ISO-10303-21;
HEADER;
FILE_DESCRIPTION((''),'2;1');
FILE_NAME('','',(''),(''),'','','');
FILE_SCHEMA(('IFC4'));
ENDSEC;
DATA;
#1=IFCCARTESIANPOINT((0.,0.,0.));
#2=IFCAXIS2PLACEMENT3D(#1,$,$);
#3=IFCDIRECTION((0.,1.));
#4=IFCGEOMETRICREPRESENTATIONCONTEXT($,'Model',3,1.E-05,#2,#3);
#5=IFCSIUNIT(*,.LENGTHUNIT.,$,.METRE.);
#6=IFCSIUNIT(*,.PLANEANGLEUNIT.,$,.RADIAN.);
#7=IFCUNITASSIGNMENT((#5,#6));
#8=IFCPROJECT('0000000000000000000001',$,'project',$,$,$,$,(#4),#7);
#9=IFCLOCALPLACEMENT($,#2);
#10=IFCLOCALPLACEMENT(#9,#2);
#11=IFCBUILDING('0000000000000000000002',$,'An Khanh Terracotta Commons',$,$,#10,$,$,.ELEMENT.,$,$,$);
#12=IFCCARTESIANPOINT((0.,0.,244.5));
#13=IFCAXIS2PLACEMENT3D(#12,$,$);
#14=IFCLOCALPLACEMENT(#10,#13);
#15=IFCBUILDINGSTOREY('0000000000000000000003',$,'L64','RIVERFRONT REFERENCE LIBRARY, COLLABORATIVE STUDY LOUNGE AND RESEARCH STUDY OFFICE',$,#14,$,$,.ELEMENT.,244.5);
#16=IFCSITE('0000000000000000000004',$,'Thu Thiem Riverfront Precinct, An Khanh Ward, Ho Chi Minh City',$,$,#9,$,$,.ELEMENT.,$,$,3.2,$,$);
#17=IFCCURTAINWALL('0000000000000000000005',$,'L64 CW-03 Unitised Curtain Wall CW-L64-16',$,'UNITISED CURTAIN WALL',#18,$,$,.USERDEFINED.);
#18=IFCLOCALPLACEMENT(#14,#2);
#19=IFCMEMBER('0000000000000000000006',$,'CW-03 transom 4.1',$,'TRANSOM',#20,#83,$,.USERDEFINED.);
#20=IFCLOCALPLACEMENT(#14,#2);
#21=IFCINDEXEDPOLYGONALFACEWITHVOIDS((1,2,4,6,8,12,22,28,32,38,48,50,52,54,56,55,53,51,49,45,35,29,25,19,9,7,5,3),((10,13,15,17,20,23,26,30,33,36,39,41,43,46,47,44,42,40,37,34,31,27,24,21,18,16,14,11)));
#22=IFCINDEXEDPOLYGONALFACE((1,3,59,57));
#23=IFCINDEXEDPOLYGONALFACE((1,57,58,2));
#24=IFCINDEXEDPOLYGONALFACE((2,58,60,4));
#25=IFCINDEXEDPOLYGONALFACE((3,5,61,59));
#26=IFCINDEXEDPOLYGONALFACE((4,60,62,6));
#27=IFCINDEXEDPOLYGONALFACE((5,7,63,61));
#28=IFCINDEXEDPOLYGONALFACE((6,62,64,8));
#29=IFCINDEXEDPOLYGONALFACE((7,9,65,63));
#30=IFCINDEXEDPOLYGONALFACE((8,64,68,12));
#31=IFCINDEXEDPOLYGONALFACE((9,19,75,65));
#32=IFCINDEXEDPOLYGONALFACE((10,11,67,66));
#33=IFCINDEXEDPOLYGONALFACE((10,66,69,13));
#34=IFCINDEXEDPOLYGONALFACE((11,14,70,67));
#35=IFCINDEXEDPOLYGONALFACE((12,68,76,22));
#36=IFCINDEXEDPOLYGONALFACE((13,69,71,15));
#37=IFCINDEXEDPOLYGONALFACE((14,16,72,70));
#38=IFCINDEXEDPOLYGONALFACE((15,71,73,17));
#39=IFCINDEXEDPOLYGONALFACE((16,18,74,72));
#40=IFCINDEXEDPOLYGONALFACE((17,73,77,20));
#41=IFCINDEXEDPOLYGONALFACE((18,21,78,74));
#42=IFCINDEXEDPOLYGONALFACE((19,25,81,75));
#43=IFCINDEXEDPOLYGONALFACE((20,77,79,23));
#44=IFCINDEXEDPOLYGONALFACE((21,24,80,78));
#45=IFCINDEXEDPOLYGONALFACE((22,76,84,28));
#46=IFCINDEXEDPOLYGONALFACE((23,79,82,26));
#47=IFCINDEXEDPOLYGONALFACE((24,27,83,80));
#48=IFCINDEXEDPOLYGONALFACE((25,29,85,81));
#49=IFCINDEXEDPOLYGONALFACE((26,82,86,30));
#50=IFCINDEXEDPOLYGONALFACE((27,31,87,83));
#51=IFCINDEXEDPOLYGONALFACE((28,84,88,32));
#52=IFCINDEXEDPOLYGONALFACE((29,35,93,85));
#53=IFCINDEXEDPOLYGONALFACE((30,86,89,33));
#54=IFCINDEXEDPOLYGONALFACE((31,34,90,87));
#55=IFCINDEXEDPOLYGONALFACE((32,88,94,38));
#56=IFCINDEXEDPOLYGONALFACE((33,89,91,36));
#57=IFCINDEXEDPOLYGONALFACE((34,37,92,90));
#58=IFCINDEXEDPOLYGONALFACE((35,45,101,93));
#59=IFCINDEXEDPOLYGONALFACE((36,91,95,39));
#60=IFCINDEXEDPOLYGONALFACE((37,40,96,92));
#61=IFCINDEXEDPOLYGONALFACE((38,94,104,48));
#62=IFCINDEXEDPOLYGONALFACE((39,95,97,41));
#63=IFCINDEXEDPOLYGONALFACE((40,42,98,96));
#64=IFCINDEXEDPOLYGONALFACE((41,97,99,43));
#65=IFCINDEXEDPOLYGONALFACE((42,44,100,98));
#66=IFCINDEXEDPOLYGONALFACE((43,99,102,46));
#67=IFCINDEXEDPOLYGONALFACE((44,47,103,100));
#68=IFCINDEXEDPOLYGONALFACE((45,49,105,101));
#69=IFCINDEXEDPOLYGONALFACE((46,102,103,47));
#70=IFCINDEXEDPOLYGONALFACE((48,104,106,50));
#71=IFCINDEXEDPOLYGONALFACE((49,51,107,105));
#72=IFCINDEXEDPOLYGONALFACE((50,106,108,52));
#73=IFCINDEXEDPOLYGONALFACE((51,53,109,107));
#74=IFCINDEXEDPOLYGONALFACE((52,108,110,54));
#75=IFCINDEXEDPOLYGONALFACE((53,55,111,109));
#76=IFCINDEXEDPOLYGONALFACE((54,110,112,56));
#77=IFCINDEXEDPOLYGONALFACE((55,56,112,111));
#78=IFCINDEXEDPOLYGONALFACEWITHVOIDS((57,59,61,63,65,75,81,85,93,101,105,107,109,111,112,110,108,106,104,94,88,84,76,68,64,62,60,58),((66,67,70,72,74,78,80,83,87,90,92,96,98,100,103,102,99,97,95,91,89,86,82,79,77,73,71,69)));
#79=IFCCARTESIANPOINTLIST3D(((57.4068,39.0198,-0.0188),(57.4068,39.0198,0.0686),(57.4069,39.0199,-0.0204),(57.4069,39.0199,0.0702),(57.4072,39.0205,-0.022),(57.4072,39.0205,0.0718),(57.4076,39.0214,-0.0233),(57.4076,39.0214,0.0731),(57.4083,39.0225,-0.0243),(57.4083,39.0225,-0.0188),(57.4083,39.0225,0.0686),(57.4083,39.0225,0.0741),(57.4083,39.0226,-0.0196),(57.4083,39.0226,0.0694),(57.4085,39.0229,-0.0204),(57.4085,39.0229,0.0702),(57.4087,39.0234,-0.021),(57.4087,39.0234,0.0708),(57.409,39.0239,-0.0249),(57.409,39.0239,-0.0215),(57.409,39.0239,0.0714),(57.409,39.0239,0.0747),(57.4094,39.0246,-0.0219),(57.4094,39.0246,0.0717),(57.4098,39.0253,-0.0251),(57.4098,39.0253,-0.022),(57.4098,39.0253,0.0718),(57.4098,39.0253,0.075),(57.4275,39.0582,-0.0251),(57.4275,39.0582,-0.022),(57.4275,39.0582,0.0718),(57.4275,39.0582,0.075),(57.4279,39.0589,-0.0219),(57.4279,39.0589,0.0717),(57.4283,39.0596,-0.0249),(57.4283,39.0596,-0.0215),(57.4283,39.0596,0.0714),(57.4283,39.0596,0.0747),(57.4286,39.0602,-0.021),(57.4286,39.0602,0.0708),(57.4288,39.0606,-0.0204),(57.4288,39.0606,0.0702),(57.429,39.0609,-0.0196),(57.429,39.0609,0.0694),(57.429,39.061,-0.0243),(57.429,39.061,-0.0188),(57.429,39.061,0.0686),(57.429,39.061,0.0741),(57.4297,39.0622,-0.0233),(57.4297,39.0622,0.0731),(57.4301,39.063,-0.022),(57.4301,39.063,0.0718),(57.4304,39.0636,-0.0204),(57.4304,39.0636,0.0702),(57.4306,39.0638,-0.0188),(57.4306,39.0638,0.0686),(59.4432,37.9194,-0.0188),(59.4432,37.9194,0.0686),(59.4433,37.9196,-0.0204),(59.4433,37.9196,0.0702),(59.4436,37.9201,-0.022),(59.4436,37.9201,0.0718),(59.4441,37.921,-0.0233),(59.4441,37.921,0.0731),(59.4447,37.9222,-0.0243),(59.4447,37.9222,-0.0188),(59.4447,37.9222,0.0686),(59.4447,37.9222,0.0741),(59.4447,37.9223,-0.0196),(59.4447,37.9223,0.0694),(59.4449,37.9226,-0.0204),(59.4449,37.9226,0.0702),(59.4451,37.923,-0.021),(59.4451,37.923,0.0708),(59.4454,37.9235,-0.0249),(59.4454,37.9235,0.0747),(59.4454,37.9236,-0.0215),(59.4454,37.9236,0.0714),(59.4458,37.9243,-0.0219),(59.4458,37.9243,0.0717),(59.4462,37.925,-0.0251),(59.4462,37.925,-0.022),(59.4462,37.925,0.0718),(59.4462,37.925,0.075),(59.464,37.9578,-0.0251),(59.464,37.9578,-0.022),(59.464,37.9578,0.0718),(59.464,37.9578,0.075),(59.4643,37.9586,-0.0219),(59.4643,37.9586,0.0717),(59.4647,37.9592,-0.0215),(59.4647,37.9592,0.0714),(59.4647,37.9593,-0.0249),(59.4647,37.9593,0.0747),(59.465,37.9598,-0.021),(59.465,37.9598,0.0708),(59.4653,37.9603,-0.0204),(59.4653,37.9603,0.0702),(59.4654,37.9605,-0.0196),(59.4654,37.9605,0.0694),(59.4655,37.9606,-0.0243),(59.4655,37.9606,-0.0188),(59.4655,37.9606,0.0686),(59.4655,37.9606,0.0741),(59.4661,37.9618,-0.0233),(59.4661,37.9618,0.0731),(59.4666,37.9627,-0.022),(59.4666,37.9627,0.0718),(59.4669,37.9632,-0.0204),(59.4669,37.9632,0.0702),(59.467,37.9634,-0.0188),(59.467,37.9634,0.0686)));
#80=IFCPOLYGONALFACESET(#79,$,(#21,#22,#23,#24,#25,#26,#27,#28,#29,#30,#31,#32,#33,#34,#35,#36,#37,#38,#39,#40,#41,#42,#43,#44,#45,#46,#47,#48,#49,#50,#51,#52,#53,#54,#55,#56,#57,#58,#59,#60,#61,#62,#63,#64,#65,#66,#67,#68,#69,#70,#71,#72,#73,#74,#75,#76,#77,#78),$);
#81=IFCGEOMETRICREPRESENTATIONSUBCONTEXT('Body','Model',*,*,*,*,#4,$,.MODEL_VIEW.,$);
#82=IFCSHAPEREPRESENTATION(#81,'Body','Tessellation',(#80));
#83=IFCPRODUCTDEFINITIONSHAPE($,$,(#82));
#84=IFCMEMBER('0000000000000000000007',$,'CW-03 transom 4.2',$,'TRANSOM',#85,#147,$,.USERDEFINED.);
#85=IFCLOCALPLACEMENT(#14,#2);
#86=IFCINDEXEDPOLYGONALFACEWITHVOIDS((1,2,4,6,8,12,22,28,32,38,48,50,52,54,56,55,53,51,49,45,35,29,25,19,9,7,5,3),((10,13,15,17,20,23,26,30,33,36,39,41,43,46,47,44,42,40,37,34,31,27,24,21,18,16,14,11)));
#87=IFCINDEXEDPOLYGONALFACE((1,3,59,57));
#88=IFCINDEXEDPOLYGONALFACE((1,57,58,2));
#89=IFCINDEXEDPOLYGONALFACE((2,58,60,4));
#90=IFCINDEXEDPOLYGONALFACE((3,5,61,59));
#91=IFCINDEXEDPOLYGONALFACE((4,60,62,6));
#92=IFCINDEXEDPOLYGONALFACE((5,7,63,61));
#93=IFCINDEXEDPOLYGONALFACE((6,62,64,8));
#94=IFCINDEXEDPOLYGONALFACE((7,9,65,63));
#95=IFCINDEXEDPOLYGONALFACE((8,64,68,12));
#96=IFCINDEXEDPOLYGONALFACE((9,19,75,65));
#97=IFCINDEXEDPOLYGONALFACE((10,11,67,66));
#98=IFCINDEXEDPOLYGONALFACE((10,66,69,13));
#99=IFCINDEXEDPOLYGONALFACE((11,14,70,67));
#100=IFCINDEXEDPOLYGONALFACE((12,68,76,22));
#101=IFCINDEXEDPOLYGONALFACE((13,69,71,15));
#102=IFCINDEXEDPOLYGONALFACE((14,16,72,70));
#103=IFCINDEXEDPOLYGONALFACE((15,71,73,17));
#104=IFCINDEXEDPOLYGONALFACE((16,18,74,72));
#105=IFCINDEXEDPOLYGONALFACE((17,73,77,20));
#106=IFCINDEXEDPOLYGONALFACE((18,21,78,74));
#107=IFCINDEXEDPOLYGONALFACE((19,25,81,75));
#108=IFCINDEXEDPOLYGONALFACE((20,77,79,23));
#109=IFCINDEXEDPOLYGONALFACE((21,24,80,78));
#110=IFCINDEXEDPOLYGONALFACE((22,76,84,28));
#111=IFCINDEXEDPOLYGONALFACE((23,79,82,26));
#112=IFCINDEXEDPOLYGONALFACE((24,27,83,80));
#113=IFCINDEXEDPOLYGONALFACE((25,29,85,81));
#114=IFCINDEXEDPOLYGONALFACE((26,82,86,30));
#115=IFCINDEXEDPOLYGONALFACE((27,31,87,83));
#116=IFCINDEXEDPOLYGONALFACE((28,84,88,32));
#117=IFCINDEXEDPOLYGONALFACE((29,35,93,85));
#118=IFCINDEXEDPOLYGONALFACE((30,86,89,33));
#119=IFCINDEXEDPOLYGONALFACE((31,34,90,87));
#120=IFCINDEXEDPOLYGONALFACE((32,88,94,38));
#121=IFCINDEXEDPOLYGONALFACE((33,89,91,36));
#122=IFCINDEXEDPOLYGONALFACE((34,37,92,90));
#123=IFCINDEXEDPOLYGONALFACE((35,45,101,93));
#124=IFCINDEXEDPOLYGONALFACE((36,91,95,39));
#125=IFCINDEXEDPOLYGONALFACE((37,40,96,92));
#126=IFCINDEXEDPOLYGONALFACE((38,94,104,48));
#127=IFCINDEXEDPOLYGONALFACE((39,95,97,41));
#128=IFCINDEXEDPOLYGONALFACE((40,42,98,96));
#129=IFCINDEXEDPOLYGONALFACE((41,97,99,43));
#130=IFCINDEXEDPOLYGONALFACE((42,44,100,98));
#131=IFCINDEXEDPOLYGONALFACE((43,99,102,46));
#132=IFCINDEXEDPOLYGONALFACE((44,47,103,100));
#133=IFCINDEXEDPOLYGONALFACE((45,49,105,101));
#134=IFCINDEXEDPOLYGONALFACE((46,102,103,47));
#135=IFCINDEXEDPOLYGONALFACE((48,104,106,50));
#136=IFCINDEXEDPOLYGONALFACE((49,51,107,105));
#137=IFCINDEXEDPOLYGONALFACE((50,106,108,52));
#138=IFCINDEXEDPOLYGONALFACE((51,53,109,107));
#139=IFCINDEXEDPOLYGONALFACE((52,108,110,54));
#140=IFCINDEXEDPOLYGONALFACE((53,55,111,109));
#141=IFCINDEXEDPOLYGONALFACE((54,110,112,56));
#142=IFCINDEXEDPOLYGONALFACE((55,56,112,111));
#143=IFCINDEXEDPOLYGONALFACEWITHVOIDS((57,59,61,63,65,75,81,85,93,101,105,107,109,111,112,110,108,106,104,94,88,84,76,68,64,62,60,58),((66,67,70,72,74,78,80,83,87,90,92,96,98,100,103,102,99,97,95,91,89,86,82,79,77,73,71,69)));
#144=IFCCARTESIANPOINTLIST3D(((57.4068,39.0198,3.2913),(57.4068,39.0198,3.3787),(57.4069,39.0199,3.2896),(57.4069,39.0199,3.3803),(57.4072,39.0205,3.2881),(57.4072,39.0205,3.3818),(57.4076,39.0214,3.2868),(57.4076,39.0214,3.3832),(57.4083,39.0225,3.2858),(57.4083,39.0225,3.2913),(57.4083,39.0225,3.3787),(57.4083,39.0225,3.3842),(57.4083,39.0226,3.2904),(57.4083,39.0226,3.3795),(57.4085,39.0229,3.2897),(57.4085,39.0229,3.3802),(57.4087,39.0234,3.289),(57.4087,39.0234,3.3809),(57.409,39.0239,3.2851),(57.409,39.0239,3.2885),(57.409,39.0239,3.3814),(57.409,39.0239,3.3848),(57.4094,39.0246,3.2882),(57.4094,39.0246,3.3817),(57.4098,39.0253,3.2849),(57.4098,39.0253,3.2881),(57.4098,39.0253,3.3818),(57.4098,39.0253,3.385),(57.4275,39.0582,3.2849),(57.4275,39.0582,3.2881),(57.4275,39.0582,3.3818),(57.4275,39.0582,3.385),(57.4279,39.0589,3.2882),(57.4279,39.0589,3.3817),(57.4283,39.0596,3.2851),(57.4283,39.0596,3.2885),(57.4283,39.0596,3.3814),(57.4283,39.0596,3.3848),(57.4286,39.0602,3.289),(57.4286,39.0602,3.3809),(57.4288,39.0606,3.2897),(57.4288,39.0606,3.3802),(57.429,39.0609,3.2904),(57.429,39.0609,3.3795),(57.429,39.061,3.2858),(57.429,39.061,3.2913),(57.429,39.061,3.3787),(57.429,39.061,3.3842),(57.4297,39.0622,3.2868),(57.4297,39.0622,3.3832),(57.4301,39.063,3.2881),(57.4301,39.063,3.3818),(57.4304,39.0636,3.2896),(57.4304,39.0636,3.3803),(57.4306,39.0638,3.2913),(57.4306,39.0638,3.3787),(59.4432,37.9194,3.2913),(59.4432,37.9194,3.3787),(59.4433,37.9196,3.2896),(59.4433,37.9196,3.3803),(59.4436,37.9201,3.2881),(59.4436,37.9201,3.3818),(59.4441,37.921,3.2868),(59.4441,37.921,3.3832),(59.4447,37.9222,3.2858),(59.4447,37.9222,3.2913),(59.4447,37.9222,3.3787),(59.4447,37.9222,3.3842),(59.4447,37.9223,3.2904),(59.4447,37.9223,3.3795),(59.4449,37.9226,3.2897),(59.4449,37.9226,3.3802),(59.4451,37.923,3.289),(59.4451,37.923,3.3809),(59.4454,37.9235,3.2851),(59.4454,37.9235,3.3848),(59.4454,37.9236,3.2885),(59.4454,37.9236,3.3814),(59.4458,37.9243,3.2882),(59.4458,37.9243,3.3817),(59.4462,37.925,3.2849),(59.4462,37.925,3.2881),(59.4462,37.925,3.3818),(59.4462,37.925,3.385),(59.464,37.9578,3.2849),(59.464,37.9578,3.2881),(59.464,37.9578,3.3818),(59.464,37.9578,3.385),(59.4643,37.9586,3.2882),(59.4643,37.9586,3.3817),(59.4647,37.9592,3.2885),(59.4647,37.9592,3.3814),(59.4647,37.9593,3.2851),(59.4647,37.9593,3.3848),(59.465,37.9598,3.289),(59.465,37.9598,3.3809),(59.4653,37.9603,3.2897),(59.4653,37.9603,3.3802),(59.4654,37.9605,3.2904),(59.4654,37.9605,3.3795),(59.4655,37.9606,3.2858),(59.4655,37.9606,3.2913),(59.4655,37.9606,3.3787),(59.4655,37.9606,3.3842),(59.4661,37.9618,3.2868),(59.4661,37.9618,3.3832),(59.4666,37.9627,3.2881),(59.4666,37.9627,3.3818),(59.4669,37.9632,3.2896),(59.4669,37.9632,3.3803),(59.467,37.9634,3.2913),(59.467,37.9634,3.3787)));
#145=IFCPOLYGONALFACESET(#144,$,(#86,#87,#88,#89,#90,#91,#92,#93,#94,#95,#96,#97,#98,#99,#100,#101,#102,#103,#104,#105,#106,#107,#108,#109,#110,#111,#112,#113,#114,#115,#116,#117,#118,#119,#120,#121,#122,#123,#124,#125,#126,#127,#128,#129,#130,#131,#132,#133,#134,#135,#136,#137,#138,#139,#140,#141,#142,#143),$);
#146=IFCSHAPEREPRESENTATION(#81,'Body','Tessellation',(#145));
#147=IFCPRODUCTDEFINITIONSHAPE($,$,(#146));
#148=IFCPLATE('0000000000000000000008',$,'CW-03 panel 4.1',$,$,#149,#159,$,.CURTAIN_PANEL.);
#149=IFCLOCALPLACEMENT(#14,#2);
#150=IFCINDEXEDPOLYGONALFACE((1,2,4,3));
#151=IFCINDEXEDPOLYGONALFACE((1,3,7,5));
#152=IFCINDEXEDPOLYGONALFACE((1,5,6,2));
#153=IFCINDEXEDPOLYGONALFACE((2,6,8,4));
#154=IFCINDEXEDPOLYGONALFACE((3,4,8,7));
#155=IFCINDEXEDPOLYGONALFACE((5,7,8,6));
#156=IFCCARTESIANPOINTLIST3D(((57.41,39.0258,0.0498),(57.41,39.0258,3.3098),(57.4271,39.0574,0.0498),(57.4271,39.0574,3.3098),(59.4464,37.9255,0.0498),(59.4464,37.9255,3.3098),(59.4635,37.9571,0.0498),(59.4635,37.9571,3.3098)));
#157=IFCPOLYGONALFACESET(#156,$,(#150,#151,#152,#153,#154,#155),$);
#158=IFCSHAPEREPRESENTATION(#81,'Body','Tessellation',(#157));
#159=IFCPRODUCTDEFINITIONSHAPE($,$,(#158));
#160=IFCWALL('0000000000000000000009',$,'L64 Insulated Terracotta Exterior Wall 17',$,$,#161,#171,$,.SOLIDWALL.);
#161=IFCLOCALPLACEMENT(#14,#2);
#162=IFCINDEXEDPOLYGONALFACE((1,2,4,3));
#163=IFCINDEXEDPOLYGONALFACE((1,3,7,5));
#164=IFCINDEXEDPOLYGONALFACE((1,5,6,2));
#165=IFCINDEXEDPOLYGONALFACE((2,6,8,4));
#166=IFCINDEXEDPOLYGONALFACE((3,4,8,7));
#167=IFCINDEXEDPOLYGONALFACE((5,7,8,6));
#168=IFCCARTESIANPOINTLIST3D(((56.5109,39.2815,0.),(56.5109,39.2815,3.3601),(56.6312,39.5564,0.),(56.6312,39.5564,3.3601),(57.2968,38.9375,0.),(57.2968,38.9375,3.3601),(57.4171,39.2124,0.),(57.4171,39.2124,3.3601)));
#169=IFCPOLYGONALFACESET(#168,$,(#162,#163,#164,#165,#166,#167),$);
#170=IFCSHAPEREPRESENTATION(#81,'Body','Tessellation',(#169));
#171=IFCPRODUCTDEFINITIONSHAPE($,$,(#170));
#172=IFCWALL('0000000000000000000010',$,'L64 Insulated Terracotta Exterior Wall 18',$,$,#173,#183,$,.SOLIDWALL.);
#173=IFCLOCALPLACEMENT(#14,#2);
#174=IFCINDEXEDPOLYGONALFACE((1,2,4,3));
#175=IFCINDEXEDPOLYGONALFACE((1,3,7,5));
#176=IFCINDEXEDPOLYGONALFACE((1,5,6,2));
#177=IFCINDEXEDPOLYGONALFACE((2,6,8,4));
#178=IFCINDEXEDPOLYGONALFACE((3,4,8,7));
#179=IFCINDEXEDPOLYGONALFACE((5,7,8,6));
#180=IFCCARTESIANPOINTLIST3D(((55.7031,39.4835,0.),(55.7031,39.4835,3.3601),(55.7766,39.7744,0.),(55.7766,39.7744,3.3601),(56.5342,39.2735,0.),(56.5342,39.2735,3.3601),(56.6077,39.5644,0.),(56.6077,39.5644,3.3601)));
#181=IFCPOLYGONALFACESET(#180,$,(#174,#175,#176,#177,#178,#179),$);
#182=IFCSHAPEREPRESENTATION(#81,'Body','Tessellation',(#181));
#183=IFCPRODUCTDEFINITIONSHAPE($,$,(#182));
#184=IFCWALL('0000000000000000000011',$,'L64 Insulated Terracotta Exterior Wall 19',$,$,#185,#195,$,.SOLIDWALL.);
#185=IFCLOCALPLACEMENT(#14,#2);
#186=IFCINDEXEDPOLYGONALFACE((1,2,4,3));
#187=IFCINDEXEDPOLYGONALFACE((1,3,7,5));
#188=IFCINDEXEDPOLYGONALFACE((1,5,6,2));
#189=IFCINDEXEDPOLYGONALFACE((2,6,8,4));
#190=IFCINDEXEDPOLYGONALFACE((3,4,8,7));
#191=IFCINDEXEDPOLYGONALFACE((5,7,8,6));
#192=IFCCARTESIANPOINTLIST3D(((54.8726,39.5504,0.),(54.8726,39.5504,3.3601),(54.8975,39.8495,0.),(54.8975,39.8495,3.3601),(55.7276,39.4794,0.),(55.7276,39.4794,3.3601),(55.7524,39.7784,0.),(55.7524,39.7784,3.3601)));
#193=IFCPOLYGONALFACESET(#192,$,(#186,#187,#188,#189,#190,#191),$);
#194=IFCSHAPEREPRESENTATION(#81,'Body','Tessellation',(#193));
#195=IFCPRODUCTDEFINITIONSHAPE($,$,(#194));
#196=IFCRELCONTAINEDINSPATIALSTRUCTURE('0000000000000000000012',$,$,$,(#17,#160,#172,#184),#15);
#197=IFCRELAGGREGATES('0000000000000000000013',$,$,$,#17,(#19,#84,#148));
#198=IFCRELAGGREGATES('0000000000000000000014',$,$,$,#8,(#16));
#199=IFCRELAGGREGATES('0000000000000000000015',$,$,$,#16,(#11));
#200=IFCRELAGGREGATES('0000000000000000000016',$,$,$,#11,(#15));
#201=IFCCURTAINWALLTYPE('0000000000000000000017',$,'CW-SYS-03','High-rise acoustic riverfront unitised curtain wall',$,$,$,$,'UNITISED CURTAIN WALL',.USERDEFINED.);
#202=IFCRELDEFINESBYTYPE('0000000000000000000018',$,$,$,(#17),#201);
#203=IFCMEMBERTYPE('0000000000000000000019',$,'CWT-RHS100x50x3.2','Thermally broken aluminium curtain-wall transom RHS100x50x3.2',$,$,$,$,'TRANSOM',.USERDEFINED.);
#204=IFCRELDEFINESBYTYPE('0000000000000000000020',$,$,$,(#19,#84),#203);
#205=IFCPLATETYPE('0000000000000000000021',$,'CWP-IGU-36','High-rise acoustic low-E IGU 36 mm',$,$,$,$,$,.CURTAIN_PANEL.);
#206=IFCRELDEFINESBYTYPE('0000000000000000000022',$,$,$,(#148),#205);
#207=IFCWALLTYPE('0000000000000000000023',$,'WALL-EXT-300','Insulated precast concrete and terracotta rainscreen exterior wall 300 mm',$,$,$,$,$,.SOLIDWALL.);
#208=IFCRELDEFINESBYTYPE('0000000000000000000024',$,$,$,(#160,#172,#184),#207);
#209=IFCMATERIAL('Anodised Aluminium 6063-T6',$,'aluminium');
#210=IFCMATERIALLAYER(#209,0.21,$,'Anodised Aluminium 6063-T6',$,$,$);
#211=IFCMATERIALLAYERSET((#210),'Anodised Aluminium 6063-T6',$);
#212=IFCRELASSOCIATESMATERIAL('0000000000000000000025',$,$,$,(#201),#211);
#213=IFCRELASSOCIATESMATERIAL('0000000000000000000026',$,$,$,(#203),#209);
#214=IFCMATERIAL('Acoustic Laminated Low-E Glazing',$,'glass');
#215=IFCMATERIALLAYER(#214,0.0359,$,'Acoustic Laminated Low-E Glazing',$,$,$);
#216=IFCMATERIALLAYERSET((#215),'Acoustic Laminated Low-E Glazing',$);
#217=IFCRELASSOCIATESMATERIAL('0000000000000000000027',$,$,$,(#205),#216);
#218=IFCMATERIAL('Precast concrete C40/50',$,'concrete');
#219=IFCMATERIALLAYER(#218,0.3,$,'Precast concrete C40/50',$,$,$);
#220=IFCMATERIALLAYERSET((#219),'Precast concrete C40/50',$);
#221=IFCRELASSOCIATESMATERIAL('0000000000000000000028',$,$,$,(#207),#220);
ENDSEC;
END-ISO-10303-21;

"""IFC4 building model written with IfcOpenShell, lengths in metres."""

from ifc_helpers import new_model, si_unit, direction, frame, frame_2d, origin, origin_2d, place, context, subcontext, project, spatial, rectangle, hollow_rectangle, extrude, material, layer, layer_set, material_profile, profile_set, type_object, element, aggregate, save


model = new_model("IFC4")

# Units and contexts
model_context = context("Model", 3, precision=1e-05, world=origin(), true_north=direction((0.0, 1.0)))
body_context = subcontext(model_context, "Body", "Model", "MODEL_VIEW")
ifc_project = project(units=[si_unit("LENGTHUNIT", "METRE"), si_unit("PLANEANGLEUNIT", "RADIAN")], contexts=[model_context])

# Site, building, storey
site_placement = place(None, origin())
site = spatial("IfcSite", under=ifc_project, at=site_placement, Name="Thu Thiem Riverfront Precinct, An Khanh Ward, Ho Chi Minh City", CompositionType="ELEMENT", RefElevation=3.2)
building_placement = place(site_placement, origin())
building = spatial("IfcBuilding", under=site, at=building_placement, Name="An Khanh Terracotta Commons", CompositionType="ELEMENT")
storey_placement = place(building_placement, frame((0.0, 0.0, 244.5)))
storey = spatial("IfcBuildingStorey", under=building, at=storey_placement, Name="L64", Description="RIVERFRONT REFERENCE LIBRARY, COLLABORATIVE STUDY LOUNGE AND RESEARCH STUDY OFFICE", CompositionType="ELEMENT", Elevation=244.5)

# Curtain wall, members, plate
ifc_material_1 = material(Name="Anodised Aluminium 6063-T6", Category="aluminium")
ifc_layer_1 = layer(ifc_material_1, 0.21, Name="Anodised Aluminium 6063-T6")
ifc_layer_set_1 = layer_set([ifc_layer_1], Name="Anodised Aluminium 6063-T6")
curtain_wall_type = type_object("IfcCurtainWallType", Name="CW-SYS-03", Description="High-rise acoustic riverfront unitised curtain wall", ElementType="UNITISED CURTAIN WALL", PredefinedType="USERDEFINED", material=ifc_layer_set_1)
curtain_wall_placement = place(storey_placement, origin())
curtain_wall = element("IfcCurtainWall", 1, at=curtain_wall_placement, inside=storey, type_object=curtain_wall_type, Name="L64 CW-03 Unitised Curtain Wall CW-L64-16", ObjectType="UNITISED CURTAIN WALL", PredefinedType="USERDEFINED")
ifc_material_profile_1 = material_profile(ifc_material_1, hollow_rectangle(XDim=0.05, YDim=0.1001, WallThickness=0.0032, InnerFilletRadius=0.0032, OuterFilletRadius=0.0063, at=origin_2d()), Name="RHS100x50x3.2")
ifc_profile_set_1 = profile_set([ifc_material_profile_1], Name="Anodised Aluminium 6063-T6")
member_type_1 = type_object("IfcMemberType", Name="CWT-RHS100x50x3.2", Description="Thermally broken aluminium curtain-wall transom RHS100x50x3.2", ElementType="TRANSOM", PredefinedType="USERDEFINED", material=ifc_profile_set_1)
member_1_placement = place(storey_placement, frame((59.4551, 37.9414, 0.0249), z_axis=(-0.879779, 0.475382, 0.0), x_axis=(-0.475382, -0.879779, 0.0)))
member_1 = element("IfcMember", 2, at=member_1_placement, type_object=member_type_1, Name="CW-03 transom 4.1", ObjectType="TRANSOM", PredefinedType="USERDEFINED", context=body_context, shape_type="SweptSolid", body=[
    extrude(hollow_rectangle(XDim=0.05, YDim=0.1001, WallThickness=0.0032, InnerFilletRadius=0.0032, OuterFilletRadius=0.0063, at=origin_2d()), origin(), (0.0, 0.0, 1.0), 2.3147),
])
member_2_placement = place(storey_placement, frame((59.4551, 37.9414, 3.335), z_axis=(-0.879779, 0.475382, 0.0), x_axis=(-0.475382, -0.879779, 0.0)))
member_2 = element("IfcMember", 3, at=member_2_placement, type_object=member_type_1, Name="CW-03 transom 4.2", ObjectType="TRANSOM", PredefinedType="USERDEFINED", context=body_context, shape_type="SweptSolid", body=[
    extrude(hollow_rectangle(XDim=0.05, YDim=0.1001, WallThickness=0.0032, InnerFilletRadius=0.0032, OuterFilletRadius=0.0063, at=origin_2d()), origin(), (0.0, 0.0, 1.0), 2.3147),
])
ifc_material_2 = material(Name="Acoustic Laminated Low-E Glazing", Category="glass")
ifc_layer_2 = layer(ifc_material_2, 0.0359, Name="Acoustic Laminated Low-E Glazing")
ifc_layer_set_2 = layer_set([ifc_layer_2], Name="Acoustic Laminated Low-E Glazing")
plate_type = type_object("IfcPlateType", Name="CWP-IGU-36", Description="High-rise acoustic low-E IGU 36 mm", PredefinedType="CURTAIN_PANEL", material=ifc_layer_set_2)
plate_placement = place(storey_placement, frame((58.4368, 38.4915, 0.0498), z_axis=(0.0, 0.0, 1.0), x_axis=(-0.87978, 0.475381, 0.0)))
plate = element("IfcPlate", 4, at=plate_placement, type_object=plate_type, Name="CW-03 panel 4.1", PredefinedType="CURTAIN_PANEL", context=body_context, shape_type="SweptSolid", body=[
    extrude(rectangle(XDim=2.3147, YDim=0.0359, at=origin_2d()), origin(), (0.0, 0.0, 1.0), 3.26),
])
aggregate(curtain_wall, [member_1, member_2, plate])

# Walls
ifc_material_3 = material(Name="Precast concrete C40/50", Category="concrete")
ifc_layer_3 = layer(ifc_material_3, 0.3, Name="Precast concrete C40/50")
ifc_layer_set_3 = layer_set([ifc_layer_3], Name="Precast concrete C40/50")
wall_type = type_object("IfcWallType", Name="WALL-EXT-300", Description="Insulated precast concrete and terracotta rainscreen exterior wall 300 mm", PredefinedType="SOLIDWALL", material=ifc_layer_set_3)
wall_1_placement = place(storey_placement, frame((57.3569, 39.075, 0.0), z_axis=(0.0, 0.0, 1.0), x_axis=(-0.916085, 0.400983, 0.0)))
element("IfcWall", 5, at=wall_1_placement, inside=storey, type_object=wall_type, Name="L64 Insulated Terracotta Exterior Wall 17", PredefinedType="SOLIDWALL", context=body_context, shape_type="SweptSolid", body=[
    extrude(rectangle(XDim=0.8579, YDim=0.3, at=frame_2d((0.429, 0.0))), origin(), (0.0, 0.0, 1.0), 3.3601),
])
wall_2_placement = place(storey_placement, frame((56.571, 39.4189, 0.0), z_axis=(0.0, 0.0, 1.0), x_axis=(-0.969536, 0.244947, 0.0)))
element("IfcWall", 6, at=wall_2_placement, inside=storey, type_object=wall_type, Name="L64 Insulated Terracotta Exterior Wall 18", PredefinedType="SOLIDWALL", context=body_context, shape_type="SweptSolid", body=[
    extrude(rectangle(XDim=0.8572, YDim=0.3, at=frame_2d((0.4287, 0.0))), origin(), (0.0, 0.0, 1.0), 3.3601),
])
wall_3_placement = place(storey_placement, frame((55.74, 39.6289, 0.0), z_axis=(0.0, 0.0, 1.0), x_axis=(-0.996565, 0.08281, 0.0)))
element("IfcWall", 7, at=wall_3_placement, inside=storey, type_object=wall_type, Name="L64 Insulated Terracotta Exterior Wall 19", PredefinedType="SOLIDWALL", context=body_context, shape_type="SweptSolid", body=[
    extrude(rectangle(XDim=0.8579, YDim=0.3, at=frame_2d((0.429, 0.0))), origin(), (0.0, 0.0, 1.0), 3.3601),
])

save(model, "model.ifc")
